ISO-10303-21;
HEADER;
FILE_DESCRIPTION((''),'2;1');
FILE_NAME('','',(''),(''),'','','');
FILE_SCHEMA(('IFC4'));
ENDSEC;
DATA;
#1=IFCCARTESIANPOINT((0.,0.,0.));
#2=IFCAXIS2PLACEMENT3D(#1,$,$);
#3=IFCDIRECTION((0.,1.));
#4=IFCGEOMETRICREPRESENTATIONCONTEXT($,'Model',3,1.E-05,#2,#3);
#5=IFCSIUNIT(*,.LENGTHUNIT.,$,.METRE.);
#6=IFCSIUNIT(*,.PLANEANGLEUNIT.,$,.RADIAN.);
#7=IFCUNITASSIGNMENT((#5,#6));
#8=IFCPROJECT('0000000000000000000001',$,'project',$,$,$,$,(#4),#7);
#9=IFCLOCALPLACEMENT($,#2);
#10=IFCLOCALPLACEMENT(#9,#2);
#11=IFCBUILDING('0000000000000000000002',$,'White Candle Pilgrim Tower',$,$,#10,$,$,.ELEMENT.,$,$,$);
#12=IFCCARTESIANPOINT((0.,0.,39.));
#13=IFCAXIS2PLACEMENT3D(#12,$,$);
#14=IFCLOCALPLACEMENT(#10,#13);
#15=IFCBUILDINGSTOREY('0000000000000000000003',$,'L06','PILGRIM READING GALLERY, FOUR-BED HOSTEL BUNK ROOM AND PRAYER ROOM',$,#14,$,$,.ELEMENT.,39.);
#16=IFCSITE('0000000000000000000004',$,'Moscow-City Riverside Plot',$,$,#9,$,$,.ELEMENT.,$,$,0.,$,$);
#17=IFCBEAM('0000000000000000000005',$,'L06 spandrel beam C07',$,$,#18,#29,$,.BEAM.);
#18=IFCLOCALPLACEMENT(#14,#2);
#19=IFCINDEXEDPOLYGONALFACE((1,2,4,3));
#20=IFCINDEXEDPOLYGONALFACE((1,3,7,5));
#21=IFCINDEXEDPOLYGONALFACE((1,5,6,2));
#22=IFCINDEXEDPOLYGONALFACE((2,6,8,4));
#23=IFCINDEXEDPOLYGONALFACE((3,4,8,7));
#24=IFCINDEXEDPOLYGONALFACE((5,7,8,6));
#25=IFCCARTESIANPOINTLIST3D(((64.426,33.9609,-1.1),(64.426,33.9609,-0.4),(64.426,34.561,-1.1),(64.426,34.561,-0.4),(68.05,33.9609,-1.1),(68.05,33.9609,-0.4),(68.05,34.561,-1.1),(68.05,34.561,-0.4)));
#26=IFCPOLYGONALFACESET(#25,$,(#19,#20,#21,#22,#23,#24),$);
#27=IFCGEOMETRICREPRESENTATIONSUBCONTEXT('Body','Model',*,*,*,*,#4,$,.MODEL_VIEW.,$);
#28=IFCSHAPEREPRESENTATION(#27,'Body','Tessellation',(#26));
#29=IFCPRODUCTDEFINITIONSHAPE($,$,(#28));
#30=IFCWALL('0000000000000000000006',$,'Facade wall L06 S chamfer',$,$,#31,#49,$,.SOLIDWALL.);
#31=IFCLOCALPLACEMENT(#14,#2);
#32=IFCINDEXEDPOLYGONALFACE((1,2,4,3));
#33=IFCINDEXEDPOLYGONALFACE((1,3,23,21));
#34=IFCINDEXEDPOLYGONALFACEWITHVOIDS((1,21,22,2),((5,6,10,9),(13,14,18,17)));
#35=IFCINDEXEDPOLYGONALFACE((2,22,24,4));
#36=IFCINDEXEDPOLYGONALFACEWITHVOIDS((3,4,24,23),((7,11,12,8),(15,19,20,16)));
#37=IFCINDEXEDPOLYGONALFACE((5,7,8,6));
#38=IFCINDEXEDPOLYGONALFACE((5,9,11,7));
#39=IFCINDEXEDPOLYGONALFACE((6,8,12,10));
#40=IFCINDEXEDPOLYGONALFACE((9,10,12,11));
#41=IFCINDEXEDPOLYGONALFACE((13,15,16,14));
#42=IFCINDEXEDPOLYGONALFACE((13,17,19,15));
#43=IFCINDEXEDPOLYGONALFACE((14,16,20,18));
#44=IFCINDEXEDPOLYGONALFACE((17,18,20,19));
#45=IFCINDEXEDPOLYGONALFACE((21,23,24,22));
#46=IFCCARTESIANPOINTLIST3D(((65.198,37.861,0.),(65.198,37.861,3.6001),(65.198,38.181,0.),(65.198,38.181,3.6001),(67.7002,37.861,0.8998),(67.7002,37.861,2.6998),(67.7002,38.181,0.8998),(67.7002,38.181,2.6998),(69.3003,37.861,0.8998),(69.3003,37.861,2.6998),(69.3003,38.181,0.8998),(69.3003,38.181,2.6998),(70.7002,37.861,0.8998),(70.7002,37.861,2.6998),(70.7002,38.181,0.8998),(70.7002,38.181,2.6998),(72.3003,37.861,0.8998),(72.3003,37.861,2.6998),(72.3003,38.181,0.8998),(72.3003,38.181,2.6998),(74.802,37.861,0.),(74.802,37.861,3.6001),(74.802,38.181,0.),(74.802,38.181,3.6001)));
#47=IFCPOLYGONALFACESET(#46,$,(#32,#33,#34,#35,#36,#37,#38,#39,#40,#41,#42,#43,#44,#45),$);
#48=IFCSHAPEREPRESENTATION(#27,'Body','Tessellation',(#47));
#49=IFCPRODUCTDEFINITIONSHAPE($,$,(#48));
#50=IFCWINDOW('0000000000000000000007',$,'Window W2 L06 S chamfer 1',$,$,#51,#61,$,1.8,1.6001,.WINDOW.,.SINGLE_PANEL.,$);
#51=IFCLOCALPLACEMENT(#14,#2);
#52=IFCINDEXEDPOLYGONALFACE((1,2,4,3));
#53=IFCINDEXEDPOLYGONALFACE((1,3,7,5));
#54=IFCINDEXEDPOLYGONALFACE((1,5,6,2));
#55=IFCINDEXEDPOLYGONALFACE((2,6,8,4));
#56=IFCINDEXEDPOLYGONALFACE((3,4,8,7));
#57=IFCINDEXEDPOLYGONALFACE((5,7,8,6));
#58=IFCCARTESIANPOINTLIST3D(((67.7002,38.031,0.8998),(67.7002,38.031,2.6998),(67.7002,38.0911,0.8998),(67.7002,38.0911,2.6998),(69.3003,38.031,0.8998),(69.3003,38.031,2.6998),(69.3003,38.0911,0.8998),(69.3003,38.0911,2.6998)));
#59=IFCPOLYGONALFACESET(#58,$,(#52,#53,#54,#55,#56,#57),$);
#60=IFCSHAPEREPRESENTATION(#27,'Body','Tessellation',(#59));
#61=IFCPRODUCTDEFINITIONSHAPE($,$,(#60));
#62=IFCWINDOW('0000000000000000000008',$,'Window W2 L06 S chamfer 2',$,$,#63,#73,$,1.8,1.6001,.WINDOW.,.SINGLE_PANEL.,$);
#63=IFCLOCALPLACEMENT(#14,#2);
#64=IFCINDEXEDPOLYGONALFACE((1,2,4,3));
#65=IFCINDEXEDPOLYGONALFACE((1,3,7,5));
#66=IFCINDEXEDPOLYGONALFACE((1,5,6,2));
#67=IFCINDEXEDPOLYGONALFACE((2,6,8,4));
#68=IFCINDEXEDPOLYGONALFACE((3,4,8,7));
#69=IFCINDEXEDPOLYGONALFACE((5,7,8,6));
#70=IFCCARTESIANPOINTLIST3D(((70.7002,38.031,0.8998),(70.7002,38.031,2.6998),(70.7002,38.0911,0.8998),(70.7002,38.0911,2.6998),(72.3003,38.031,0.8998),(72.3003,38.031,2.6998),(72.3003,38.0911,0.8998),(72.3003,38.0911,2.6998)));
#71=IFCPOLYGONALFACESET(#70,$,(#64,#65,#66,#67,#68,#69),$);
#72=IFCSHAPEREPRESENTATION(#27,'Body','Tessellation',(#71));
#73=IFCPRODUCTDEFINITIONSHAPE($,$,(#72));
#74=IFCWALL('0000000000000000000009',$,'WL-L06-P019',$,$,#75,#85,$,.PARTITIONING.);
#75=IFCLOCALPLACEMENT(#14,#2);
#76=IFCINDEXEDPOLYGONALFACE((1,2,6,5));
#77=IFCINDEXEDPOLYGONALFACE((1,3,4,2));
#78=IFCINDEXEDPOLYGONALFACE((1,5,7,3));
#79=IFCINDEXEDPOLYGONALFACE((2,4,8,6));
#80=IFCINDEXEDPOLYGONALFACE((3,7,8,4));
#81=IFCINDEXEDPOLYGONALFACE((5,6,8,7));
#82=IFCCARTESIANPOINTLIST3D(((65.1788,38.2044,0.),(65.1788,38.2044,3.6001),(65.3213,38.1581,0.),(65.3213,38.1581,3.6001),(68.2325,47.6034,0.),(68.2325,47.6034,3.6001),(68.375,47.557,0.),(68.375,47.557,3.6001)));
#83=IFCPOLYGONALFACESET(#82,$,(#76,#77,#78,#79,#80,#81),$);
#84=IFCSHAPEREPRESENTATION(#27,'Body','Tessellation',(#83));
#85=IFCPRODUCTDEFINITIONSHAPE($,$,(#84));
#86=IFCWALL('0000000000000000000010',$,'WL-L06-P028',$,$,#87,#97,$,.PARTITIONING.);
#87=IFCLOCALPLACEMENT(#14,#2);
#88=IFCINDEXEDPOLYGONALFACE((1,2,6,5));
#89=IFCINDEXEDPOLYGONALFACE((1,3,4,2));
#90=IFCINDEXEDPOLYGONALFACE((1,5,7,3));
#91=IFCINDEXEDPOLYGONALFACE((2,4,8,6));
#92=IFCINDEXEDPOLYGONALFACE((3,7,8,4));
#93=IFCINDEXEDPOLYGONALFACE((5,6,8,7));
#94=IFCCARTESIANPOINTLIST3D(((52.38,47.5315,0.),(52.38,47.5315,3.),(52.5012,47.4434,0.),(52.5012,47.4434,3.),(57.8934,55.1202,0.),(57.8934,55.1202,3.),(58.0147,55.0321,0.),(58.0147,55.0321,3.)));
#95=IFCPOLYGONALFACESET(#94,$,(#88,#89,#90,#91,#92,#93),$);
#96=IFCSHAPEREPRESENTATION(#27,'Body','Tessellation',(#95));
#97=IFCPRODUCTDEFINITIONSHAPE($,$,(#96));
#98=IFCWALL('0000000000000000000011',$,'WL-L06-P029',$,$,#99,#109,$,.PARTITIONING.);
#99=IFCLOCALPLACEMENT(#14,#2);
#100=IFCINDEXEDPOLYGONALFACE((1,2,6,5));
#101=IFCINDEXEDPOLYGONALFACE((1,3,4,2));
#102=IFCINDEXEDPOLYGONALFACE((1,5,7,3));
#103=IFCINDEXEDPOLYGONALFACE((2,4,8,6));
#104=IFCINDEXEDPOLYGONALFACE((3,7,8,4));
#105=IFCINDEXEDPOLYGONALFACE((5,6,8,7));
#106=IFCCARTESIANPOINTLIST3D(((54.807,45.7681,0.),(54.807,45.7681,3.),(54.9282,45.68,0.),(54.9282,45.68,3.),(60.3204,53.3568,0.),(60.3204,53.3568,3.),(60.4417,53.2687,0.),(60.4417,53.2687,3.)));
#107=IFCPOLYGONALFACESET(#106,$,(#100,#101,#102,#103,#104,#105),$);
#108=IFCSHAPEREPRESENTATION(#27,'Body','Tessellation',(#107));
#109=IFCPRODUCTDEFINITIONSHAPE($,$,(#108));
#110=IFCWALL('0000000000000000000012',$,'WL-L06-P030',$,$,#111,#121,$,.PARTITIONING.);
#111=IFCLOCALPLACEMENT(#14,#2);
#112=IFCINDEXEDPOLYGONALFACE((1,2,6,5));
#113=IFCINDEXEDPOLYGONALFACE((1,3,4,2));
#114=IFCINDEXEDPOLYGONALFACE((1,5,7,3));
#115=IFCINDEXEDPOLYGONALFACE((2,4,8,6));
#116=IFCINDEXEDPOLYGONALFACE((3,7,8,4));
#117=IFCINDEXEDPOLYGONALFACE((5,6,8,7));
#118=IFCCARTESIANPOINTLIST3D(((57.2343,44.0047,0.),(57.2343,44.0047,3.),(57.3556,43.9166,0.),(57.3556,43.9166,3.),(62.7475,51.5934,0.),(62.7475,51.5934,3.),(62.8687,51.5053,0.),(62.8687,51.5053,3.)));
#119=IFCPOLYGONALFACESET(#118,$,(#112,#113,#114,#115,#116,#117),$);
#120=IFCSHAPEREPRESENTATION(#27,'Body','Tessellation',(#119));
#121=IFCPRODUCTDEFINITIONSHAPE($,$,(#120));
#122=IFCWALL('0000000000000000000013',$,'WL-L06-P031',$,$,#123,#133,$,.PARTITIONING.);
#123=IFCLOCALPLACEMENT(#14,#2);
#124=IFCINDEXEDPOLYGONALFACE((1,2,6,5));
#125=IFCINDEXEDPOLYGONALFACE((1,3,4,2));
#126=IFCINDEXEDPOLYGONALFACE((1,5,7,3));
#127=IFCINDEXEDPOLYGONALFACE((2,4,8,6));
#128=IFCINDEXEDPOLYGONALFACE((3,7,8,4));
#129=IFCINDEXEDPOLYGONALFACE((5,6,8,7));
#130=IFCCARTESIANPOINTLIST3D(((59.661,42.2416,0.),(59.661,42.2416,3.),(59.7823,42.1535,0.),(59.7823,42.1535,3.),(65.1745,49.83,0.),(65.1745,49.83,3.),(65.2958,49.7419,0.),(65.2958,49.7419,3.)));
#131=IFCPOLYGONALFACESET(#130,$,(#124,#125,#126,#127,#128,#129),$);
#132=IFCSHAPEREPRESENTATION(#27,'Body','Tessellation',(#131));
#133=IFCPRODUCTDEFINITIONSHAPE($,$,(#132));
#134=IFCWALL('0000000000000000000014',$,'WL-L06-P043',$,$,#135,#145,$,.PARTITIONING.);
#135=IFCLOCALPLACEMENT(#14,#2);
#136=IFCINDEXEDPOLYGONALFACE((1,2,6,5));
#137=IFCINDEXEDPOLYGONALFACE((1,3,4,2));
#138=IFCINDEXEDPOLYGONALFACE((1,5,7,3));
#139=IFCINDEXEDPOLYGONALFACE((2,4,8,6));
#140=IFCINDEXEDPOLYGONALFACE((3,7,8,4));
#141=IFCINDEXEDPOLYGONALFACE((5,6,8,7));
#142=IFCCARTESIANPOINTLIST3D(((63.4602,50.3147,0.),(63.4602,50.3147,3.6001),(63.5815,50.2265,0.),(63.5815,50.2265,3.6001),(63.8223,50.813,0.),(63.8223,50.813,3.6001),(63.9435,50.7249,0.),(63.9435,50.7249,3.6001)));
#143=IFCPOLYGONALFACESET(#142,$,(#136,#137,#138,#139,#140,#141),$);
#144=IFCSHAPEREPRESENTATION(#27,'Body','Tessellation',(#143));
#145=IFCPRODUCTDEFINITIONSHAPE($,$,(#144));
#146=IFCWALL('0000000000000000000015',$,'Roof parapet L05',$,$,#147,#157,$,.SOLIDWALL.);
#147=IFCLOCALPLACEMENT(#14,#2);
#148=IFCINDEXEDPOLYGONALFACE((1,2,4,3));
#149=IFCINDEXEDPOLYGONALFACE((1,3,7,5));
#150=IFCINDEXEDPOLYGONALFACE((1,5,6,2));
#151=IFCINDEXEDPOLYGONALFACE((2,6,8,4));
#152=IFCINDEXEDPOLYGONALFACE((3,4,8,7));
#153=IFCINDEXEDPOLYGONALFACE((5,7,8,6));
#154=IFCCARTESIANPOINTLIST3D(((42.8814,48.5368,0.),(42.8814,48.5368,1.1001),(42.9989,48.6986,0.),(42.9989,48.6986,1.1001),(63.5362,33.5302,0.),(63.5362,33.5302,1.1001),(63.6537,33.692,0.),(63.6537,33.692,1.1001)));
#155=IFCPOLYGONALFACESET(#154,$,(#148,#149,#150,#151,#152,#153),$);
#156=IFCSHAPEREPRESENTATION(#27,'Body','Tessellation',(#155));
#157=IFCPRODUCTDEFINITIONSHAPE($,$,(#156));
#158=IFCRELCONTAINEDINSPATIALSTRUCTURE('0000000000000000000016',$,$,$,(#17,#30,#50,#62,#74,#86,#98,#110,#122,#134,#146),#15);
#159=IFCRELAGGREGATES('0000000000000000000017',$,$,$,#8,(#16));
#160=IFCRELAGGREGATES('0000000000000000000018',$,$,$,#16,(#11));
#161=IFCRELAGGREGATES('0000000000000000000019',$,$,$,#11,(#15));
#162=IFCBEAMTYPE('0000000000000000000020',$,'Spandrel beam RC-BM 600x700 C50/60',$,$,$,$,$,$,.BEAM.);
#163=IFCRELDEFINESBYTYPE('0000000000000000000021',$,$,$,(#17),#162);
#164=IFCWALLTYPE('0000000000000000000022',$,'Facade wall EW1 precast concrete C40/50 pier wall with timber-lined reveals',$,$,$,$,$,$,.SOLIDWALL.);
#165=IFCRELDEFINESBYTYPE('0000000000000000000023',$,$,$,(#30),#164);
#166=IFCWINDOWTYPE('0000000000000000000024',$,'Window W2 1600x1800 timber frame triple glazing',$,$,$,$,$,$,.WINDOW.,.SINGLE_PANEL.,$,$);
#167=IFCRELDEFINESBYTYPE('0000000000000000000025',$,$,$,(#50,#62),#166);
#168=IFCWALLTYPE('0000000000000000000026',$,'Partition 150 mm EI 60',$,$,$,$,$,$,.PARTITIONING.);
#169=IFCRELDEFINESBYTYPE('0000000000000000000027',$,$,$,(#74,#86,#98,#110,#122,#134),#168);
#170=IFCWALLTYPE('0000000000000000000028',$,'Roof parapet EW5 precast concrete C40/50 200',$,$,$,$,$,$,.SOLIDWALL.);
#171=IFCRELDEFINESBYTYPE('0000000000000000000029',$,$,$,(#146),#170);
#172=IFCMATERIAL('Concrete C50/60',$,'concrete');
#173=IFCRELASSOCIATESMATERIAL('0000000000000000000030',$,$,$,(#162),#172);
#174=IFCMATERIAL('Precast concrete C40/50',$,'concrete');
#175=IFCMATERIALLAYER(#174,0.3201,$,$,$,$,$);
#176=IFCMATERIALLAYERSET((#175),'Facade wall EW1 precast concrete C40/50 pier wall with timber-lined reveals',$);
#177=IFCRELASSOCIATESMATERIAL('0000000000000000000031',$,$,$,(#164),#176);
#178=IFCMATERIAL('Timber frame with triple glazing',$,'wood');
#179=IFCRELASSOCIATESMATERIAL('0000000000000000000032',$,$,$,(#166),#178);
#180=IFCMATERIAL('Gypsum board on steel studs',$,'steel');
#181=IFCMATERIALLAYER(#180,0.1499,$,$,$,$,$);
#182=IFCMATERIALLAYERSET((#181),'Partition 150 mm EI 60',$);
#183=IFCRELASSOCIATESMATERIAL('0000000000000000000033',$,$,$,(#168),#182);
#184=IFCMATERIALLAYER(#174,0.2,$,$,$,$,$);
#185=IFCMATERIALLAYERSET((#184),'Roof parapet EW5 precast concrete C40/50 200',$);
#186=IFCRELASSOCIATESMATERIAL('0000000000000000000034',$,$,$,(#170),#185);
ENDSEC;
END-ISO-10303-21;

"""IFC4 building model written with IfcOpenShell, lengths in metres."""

from ifc_helpers import new_model, si_unit, direction, frame, frame_2d, origin, origin_2d, place, context, subcontext, project, spatial, rectangle, extrude, material, layer, layer_set, material_profile, profile_set, type_object, element, fill, save


model = new_model("IFC4")

# Units and contexts
model_context = context("Model", 3, precision=1e-05, world=origin(), true_north=direction((0.0, 1.0)))
body_context = subcontext(model_context, "Body", "Model", "MODEL_VIEW")
ifc_project = project(units=[si_unit("LENGTHUNIT", "METRE"), si_unit("PLANEANGLEUNIT", "RADIAN")], contexts=[model_context])

# Site, building, storey
site_placement = place(None, origin())
site = spatial("IfcSite", under=ifc_project, at=site_placement, Name="Moscow-City Riverside Plot", CompositionType="ELEMENT", RefElevation=0.0)
building_placement = place(site_placement, origin())
building = spatial("IfcBuilding", under=site, at=building_placement, Name="White Candle Pilgrim Tower", CompositionType="ELEMENT")
storey_placement = place(building_placement, frame((0.0, 0.0, 39.0)))
storey = spatial("IfcBuildingStorey", under=building, at=storey_placement, Name="L06", Description="PILGRIM READING GALLERY, FOUR-BED HOSTEL BUNK ROOM AND PRAYER ROOM", CompositionType="ELEMENT", Elevation=39.0)

# Beam
ifc_material_1 = material(Name="Concrete C50/60", Category="concrete")
ifc_material_profile_1 = material_profile(ifc_material_1, rectangle(XDim=0.6001, YDim=0.7, at=origin_2d()), Name="RC-BM 600x700")
ifc_profile_set_1 = profile_set([ifc_material_profile_1], Name="Concrete C50/60")
beam_type_1 = type_object("IfcBeamType", Name="Spandrel beam RC-BM 600x700 C50/60", PredefinedType="BEAM", material=ifc_profile_set_1)
beam_1_placement = place(storey_placement, frame((64.426, 34.261, -0.75), z_axis=(1.0, 0.0, 0.0), x_axis=(0.0, 1.0, 0.0)))
element("IfcBeam", 1, at=beam_1_placement, inside=storey, type_object=beam_type_1, Name="L06 spandrel beam C07", PredefinedType="BEAM", context=body_context, shape_type="SweptSolid", body=[
    extrude(rectangle(XDim=0.6001, YDim=0.7, at=origin_2d()), origin(), (0.0, 0.0, 1.0), 3.624),
])

# Wall, openings, windows
ifc_material_2 = material(Name="Precast concrete C40/50", Category="concrete")
ifc_layer_1 = layer(ifc_material_2, 0.3201)
ifc_layer_set_1 = layer_set([ifc_layer_1], Name="Facade wall EW1 precast concrete C40/50 pier wall with timber-lined reveals")
wall_type_1 = type_object("IfcWallType", Name="Facade wall EW1 precast concrete C40/50 pier wall with timber-lined reveals", PredefinedType="SOLIDWALL", material=ifc_layer_set_1)
wall_1_placement = place(storey_placement, frame((65.198, 38.021, 0.0), z_axis=(0.0, 0.0, 1.0), x_axis=(1.0, 0.0, 0.0)))
wall_1 = element("IfcWall", 2, at=wall_1_placement, inside=storey, type_object=wall_type_1, Name="Facade wall L06 S chamfer", PredefinedType="SOLIDWALL", context=body_context, shape_type="SweptSolid", body=[
    extrude(rectangle(XDim=9.604, YDim=0.3201, at=frame_2d((4.802, 0.0))), origin(), (0.0, 0.0, 1.0), 3.6001),
])
opening_1_placement = place(wall_1_placement, frame((2.5022, 0.0, 0.8999)))
opening_1 = element("IfcOpeningElement", 3, at=opening_1_placement, cuts=wall_1, PredefinedType="OPENING", context=body_context, shape_type="SweptSolid", body=[
    extrude(rectangle(XDim=1.6001, YDim=1.8, at=frame_2d((0.8, 0.8999))), frame((0.0, 0.1699, 0.0), z_axis=(0.0, -1.0, 0.0), x_axis=(1.0, 0.0, 0.0)), (0.0, 0.0, 1.0), 0.3401),
])
opening_2_placement = place(wall_1_placement, frame((5.5022, 0.0, 0.8999)))
opening_2 = element("IfcOpeningElement", 4, at=opening_2_placement, cuts=wall_1, PredefinedType="OPENING", context=body_context, shape_type="SweptSolid", body=[
    extrude(rectangle(XDim=1.6001, YDim=1.8, at=frame_2d((0.8, 0.8999))), frame((0.0, 0.1699, 0.0), z_axis=(0.0, -1.0, 0.0), x_axis=(1.0, 0.0, 0.0)), (0.0, 0.0, 1.0), 0.3401),
])
ifc_material_3 = material(Name="Timber frame with triple glazing", Category="wood")
window_type = type_object("IfcWindowType", Name="Window W2 1600x1800 timber frame triple glazing", PartitioningType="SINGLE_PANEL", PredefinedType="WINDOW", material=ifc_material_3)
window_1_placement = place(opening_1_placement, origin())
window_1 = element("IfcWindow", 5, at=window_1_placement, inside=storey, type_object=window_type, Name="Window W2 L06 S chamfer 1", OverallHeight=1.8, OverallWidth=1.6001, PartitioningType="SINGLE_PANEL", PredefinedType="WINDOW", context=body_context, shape_type="SweptSolid", body=[
    extrude(rectangle(XDim=1.6001, YDim=1.8, at=frame_2d((0.8, 0.8999))), frame((0.0, 0.0701, 0.0), z_axis=(0.0, -1.0, 0.0), x_axis=(1.0, 0.0, 0.0)), (0.0, 0.0, 1.0), 0.0601),
])
fill(opening_1, window_1)
window_2_placement = place(opening_2_placement, origin())
window_2 = element("IfcWindow", 6, at=window_2_placement, inside=storey, type_object=window_type, Name="Window W2 L06 S chamfer 2", OverallHeight=1.8, OverallWidth=1.6001, PartitioningType="SINGLE_PANEL", PredefinedType="WINDOW", context=body_context, shape_type="SweptSolid", body=[
    extrude(rectangle(XDim=1.6001, YDim=1.8, at=frame_2d((0.8, 0.8999))), frame((0.0, 0.0701, 0.0), z_axis=(0.0, -1.0, 0.0), x_axis=(1.0, 0.0, 0.0)), (0.0, 0.0, 1.0), 0.0601),
])
fill(opening_2, window_2)

# Walls
ifc_material_4 = material(Name="Gypsum board on steel studs", Category="steel")
ifc_layer_2 = layer(ifc_material_4, 0.1499)
ifc_layer_set_2 = layer_set([ifc_layer_2], Name="Partition 150 mm EI 60")
wall_type_2 = type_object("IfcWallType", Name="Partition 150 mm EI 60", PredefinedType="PARTITIONING", material=ifc_layer_set_2)
wall_2_placement = place(storey_placement, frame((65.25, 38.1812, 0.0), z_axis=(0.0, 0.0, 1.0), x_axis=(0.309, 0.951062, 0.0)))
element("IfcWall", 7, at=wall_2_placement, inside=storey, type_object=wall_type_2, Name="WL-L06-P019", PredefinedType="PARTITIONING", context=body_context, shape_type="SweptSolid", body=[
    extrude(rectangle(XDim=9.8826, YDim=0.1499, at=frame_2d((4.9414, 0.0))), origin(), (0.0, 0.0, 1.0), 3.6001),
])
for number, where, z_axis, x_axis, name in (
    (8, (52.4407, 47.4875, 0.0), (0.0, 0.0, 1.0), (0.587783, 0.809018, 0.0), "WL-L06-P028"),
    (9, (54.8677, 45.7241, 0.0), (0.0, 0.0, 1.0), (0.587783, 0.809018, 0.0), "WL-L06-P029"),
):
    element("IfcWall", number, at=place(storey_placement, frame(where, z_axis=z_axis, x_axis=x_axis)), inside=storey, type_object=wall_type_2, Name=name, PredefinedType="PARTITIONING", context=body_context, shape_type="SweptSolid", body=[
        extrude(rectangle(XDim=9.3801, YDim=0.1499, at=frame_2d((4.6899, 0.0))), origin(), (0.0, 0.0, 1.0), 3.0),
    ])
for number, where, z_axis, x_axis, name in (
    (10, (57.2949, 43.9607, 0.0), (0.0, 0.0, 1.0), (0.587766, 0.809031, 0.0), "WL-L06-P030"),
    (11, (59.7217, 42.1975, 0.0), (0.0, 0.0, 1.0), (0.587796, 0.80901, 0.0), "WL-L06-P031"),
):
    element("IfcWall", number, at=place(storey_placement, frame(where, z_axis=z_axis, x_axis=x_axis)), inside=storey, type_object=wall_type_2, Name=name, PredefinedType="PARTITIONING", context=body_context, shape_type="SweptSolid", body=[
        extrude(rectangle(XDim=9.3799, YDim=0.1499, at=frame_2d((4.6899, 0.0))), origin(), (0.0, 0.0, 1.0), 3.0),
    ])
wall_3_placement = place(storey_placement, frame((63.5208, 50.2705, 0.0), z_axis=(0.0, 0.0, 1.0), x_axis=(0.587818, 0.808993, 0.0)))
element("IfcWall", 12, at=wall_3_placement, inside=storey, type_object=wall_type_2, Name="WL-L06-P043", PredefinedType="PARTITIONING", context=body_context, shape_type="SweptSolid", body=[
    extrude(rectangle(XDim=0.616, YDim=0.1499, at=frame_2d((0.3081, 0.0))), origin(), (0.0, 0.0, 1.0), 3.6001),
])
ifc_layer_3 = layer(ifc_material_2, 0.2)
ifc_layer_set_3 = layer_set([ifc_layer_3], Name="Roof parapet EW5 precast concrete C40/50 200")
wall_type_3 = type_object("IfcWallType", Name="Roof parapet EW5 precast concrete C40/50 200", PredefinedType="SOLIDWALL", material=ifc_layer_set_3)
wall_4_placement = place(storey_placement, frame((63.595, 33.6111, 0.0), z_axis=(0.0, 0.0, 1.0), x_axis=(-0.809017, 0.587786, 0.0)))
element("IfcWall", 13, at=wall_4_placement, inside=storey, type_object=wall_type_3, Name="Roof parapet L05", PredefinedType="SOLIDWALL", context=body_context, shape_type="SweptSolid", body=[
    extrude(rectangle(XDim=25.5308, YDim=0.2, at=frame_2d((12.7654, 0.0))), origin(), (0.0, 0.0, 1.0), 1.1001),
])

save(model, "model.ifc")
